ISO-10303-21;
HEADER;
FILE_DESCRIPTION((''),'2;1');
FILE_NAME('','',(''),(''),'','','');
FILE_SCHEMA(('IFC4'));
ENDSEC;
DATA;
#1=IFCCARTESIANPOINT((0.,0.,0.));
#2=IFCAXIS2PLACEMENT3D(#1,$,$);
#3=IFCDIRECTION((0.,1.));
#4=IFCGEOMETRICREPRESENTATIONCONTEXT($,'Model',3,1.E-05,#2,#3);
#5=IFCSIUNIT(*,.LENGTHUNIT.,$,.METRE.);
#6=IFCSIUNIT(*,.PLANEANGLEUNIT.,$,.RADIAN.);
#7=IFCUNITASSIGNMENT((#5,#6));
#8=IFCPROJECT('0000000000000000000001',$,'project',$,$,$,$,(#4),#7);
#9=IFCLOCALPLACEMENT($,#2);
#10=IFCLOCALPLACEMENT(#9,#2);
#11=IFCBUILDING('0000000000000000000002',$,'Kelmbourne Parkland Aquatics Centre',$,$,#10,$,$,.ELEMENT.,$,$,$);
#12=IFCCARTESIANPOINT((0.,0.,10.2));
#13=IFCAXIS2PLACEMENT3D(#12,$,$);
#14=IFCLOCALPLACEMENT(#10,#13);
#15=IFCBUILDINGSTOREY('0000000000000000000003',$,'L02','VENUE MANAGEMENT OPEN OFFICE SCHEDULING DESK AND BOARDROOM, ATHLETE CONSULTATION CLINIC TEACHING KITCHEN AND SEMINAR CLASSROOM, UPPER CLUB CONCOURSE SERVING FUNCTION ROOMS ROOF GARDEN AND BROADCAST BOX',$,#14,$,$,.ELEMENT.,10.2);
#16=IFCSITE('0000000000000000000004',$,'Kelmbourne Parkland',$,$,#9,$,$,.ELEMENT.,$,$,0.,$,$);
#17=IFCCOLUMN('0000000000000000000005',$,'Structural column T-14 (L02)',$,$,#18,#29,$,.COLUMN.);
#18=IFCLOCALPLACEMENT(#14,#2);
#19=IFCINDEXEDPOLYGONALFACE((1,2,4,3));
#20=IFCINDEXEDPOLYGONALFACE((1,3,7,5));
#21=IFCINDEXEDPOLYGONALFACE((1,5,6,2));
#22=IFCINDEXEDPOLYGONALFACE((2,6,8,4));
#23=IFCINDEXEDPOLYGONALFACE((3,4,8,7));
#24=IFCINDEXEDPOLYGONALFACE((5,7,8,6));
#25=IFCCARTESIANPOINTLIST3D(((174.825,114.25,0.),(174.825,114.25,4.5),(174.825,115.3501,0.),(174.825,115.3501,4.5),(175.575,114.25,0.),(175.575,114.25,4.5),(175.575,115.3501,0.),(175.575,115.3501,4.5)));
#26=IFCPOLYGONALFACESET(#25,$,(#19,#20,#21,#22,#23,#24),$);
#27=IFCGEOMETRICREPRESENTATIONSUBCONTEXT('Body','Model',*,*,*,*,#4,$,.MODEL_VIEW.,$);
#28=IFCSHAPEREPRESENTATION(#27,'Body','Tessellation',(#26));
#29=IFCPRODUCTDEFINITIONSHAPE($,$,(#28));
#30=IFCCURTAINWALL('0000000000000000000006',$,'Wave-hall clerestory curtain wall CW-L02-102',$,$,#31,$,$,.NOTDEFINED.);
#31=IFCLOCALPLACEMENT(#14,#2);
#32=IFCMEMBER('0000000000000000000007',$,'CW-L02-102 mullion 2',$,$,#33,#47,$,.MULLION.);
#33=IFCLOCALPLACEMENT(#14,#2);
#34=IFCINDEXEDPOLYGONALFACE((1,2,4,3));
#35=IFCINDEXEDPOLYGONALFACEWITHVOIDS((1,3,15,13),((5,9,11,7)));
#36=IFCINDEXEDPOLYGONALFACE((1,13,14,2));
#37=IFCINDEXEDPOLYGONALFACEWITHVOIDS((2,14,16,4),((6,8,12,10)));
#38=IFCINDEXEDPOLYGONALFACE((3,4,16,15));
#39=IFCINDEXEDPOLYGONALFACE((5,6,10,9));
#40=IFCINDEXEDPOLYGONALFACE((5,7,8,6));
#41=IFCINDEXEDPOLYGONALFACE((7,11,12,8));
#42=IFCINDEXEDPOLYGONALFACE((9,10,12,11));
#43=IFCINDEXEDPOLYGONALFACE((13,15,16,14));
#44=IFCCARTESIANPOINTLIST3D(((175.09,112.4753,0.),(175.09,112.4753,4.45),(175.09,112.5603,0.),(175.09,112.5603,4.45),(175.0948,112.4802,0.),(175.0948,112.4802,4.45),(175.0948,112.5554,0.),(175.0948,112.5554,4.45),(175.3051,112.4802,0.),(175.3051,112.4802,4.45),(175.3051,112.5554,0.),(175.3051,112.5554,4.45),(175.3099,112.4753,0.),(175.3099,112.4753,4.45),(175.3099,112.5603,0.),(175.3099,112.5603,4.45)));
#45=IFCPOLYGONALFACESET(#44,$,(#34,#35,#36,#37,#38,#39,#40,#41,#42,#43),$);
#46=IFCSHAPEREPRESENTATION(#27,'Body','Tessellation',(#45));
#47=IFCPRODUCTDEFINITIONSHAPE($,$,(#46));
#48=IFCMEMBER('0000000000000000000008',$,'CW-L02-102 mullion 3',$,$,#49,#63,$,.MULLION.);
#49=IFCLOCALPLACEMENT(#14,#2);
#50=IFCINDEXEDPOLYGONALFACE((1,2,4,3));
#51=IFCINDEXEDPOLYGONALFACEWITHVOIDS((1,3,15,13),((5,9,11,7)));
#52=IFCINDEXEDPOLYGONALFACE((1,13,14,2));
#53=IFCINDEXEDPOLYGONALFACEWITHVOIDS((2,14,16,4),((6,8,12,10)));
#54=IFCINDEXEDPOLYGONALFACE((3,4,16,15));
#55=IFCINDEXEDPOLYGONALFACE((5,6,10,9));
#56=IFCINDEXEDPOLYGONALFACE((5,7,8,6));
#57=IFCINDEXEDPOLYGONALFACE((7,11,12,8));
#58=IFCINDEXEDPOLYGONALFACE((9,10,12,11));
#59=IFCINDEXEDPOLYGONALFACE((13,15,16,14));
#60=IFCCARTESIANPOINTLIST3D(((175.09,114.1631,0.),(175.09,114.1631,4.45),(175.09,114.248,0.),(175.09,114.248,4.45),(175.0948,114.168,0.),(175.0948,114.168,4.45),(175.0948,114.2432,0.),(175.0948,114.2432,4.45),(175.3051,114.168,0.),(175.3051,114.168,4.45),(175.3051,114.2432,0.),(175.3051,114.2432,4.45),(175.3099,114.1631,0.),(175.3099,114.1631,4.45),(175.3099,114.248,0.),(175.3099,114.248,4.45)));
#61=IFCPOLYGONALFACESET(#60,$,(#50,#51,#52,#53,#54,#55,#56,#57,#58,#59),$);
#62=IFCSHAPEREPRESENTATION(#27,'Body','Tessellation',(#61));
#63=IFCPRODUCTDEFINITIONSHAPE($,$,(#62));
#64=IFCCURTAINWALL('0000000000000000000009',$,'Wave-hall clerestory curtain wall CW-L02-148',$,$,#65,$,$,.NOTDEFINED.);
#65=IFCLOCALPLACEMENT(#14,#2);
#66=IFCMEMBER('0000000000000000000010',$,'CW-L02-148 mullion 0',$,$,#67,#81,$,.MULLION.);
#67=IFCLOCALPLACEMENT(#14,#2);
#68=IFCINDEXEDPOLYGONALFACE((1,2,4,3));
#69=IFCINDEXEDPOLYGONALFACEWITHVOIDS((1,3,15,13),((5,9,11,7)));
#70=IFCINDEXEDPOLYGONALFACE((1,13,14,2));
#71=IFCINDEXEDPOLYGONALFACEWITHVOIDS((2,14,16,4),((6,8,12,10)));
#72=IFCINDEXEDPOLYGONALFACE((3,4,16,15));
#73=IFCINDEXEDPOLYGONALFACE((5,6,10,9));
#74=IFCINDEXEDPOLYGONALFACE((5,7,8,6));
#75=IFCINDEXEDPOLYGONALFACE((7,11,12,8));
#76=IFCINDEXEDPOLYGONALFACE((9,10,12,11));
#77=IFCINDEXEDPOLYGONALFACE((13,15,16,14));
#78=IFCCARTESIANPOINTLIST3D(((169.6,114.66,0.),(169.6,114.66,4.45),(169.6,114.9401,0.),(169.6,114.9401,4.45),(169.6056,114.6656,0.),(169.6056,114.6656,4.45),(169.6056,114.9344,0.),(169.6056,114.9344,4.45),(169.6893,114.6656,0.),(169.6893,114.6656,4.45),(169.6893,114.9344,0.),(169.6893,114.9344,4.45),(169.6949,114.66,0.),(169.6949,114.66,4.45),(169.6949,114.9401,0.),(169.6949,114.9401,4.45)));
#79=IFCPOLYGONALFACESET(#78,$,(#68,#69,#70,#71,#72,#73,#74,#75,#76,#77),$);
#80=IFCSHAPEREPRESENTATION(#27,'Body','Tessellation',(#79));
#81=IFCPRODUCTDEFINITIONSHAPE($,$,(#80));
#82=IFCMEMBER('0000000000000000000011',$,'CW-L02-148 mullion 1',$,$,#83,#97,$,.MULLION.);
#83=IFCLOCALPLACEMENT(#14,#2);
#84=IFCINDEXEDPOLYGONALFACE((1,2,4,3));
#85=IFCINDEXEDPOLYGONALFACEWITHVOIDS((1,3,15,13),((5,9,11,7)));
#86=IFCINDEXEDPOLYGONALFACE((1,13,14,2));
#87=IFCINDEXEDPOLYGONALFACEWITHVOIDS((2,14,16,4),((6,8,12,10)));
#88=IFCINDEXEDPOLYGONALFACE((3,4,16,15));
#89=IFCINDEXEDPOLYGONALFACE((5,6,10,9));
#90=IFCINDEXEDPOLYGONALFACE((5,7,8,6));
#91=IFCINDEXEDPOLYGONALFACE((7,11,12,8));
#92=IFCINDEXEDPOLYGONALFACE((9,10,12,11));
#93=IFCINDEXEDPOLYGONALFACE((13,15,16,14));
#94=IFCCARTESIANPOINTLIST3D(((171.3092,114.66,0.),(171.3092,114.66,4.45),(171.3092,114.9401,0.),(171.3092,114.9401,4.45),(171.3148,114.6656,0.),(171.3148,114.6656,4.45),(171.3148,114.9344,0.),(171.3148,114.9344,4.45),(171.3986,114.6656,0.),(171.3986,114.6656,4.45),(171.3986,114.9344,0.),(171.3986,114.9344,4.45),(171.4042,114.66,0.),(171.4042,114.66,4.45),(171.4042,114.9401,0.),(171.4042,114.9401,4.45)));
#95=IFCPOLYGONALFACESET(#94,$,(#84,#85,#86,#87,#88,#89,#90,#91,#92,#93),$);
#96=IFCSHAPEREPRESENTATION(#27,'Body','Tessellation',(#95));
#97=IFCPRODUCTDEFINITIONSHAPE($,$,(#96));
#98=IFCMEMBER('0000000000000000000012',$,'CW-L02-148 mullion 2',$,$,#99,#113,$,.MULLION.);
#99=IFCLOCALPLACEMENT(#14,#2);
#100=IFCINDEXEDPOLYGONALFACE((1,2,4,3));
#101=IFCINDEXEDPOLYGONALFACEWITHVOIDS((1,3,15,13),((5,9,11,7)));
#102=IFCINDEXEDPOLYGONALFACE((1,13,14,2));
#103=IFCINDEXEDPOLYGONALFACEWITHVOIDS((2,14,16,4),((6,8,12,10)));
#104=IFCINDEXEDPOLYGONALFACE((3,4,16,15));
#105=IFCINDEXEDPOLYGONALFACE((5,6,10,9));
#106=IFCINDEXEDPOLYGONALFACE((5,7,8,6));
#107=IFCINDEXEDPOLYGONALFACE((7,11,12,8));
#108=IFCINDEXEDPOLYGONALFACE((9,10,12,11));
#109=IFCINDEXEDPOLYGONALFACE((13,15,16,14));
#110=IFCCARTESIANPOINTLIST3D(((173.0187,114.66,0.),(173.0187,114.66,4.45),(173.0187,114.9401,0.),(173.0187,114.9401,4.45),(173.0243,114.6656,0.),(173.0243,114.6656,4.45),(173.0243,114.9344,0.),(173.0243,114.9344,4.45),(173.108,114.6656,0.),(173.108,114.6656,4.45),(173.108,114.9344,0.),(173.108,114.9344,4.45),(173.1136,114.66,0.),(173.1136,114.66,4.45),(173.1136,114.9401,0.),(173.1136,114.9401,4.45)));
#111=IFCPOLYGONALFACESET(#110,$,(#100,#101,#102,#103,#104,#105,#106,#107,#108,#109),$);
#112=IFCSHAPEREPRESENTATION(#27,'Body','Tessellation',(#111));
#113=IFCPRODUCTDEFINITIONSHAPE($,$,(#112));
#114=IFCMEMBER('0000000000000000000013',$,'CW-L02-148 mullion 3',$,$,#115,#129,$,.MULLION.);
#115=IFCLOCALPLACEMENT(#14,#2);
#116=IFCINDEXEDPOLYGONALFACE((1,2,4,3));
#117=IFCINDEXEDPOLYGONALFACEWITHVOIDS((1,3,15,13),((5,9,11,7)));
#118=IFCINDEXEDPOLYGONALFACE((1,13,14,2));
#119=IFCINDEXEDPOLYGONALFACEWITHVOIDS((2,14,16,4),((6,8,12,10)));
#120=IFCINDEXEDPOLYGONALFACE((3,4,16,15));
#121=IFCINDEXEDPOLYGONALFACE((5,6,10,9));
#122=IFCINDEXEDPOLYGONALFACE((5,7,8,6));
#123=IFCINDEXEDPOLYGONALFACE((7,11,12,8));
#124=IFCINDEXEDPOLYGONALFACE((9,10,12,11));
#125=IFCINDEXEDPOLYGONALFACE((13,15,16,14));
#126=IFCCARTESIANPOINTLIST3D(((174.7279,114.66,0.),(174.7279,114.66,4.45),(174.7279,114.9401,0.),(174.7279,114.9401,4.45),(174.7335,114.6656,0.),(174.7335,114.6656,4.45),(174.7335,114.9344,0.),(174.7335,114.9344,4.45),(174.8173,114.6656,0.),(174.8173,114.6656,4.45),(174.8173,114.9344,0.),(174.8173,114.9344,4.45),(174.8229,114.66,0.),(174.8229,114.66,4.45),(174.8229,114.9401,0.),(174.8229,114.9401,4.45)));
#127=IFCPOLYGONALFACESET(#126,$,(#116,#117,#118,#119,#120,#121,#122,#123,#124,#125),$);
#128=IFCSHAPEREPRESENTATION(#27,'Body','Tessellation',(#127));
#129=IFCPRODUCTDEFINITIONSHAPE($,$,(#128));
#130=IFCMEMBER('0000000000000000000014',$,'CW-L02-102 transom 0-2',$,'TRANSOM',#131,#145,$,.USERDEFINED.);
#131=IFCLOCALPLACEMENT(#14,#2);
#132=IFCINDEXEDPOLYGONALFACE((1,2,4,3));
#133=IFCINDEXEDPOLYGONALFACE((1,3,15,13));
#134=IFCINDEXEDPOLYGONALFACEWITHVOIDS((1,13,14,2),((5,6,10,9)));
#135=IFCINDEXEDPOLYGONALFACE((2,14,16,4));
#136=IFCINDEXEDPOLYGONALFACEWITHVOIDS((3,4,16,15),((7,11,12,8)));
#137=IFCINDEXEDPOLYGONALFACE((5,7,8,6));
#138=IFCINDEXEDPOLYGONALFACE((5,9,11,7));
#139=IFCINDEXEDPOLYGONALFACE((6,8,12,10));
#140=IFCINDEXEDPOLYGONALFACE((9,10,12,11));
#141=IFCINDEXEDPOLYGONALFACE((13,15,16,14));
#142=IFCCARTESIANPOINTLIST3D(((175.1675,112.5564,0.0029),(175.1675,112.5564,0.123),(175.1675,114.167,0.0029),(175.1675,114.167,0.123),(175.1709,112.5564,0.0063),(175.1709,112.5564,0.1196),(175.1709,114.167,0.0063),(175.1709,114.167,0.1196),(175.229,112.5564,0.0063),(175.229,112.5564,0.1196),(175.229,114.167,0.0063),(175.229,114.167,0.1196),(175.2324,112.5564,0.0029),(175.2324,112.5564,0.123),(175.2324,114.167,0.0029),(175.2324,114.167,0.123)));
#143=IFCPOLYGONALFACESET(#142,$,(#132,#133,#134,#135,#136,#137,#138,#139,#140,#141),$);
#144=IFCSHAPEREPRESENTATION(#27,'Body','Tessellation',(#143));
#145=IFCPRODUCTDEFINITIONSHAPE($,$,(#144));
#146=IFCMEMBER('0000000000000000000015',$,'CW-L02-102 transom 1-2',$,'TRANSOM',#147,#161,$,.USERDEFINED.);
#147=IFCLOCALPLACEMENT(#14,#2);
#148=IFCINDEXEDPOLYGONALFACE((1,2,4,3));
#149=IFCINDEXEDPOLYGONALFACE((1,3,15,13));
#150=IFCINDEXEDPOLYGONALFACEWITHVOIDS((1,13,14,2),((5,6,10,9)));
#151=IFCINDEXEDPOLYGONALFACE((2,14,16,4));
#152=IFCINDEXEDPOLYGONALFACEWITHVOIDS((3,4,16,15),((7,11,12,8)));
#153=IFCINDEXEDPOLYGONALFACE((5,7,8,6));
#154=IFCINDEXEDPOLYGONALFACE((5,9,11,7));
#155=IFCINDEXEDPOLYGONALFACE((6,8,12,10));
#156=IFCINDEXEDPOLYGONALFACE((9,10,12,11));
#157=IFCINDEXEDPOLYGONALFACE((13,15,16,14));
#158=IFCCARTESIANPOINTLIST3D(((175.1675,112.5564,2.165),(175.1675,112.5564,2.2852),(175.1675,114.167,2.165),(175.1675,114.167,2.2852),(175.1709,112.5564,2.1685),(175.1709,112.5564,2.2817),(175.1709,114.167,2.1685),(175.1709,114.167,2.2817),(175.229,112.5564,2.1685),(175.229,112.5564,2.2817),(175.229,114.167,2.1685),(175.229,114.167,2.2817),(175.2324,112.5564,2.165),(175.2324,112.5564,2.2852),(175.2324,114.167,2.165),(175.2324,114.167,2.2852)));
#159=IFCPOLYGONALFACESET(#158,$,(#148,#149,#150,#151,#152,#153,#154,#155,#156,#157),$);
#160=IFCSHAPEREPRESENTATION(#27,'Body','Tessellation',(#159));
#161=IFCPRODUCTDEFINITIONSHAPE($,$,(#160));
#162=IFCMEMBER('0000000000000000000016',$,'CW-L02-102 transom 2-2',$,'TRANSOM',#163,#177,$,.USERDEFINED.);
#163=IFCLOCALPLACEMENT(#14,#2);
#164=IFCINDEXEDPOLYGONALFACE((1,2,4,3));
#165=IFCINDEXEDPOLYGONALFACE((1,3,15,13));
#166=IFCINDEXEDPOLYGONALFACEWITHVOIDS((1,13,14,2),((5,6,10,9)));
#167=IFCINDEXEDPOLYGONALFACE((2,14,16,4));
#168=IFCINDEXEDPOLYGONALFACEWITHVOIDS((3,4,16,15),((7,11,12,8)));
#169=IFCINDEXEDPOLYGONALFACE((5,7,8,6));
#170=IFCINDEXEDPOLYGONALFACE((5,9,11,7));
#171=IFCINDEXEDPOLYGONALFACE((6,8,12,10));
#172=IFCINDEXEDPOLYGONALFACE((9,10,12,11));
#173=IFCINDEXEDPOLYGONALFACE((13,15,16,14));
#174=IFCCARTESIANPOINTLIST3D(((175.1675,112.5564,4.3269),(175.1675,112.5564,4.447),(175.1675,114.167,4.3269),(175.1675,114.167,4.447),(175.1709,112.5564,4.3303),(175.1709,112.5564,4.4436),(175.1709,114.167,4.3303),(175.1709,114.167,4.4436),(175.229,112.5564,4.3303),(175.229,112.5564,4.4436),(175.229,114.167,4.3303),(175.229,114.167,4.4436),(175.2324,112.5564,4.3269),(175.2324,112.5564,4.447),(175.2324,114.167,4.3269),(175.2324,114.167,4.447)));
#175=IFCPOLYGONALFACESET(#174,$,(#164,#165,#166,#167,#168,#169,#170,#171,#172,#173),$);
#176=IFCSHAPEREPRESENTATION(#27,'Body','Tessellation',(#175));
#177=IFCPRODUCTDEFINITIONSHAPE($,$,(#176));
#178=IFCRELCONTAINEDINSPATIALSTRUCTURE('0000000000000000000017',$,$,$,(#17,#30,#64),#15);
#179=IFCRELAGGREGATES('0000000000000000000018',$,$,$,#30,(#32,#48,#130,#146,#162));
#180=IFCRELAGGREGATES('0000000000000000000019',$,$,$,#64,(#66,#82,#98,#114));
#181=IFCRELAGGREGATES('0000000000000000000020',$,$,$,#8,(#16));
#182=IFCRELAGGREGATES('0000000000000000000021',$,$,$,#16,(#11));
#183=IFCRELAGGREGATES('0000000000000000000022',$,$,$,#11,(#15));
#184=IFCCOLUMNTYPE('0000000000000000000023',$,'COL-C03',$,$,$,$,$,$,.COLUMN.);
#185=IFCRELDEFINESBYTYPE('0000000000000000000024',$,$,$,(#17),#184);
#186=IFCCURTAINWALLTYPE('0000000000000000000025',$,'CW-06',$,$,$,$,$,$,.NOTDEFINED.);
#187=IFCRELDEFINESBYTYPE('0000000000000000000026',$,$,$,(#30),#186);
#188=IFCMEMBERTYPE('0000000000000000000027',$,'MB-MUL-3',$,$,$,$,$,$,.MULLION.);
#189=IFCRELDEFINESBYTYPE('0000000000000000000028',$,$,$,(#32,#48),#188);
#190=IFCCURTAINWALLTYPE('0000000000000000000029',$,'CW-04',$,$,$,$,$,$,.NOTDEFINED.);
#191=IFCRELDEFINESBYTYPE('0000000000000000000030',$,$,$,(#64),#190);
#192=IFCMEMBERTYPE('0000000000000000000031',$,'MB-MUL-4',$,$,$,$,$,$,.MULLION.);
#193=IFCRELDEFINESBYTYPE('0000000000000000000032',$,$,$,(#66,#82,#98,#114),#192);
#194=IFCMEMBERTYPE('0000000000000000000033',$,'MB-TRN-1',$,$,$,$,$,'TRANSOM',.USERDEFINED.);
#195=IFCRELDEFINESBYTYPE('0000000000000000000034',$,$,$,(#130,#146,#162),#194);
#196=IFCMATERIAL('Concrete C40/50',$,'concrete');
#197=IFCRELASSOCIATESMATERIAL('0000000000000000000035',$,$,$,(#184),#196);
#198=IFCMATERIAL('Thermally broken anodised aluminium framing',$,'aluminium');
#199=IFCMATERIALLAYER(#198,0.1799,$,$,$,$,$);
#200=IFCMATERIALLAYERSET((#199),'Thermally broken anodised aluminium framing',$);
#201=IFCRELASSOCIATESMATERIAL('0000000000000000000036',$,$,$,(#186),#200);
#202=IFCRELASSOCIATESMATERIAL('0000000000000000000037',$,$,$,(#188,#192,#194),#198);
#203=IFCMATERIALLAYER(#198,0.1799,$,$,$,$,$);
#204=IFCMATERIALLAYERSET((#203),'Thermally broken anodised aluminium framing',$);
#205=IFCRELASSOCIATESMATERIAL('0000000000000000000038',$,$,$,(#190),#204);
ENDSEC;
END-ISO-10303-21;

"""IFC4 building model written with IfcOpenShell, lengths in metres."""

from ifc_helpers import new_model, si_unit, direction, frame, origin, origin_2d, place, context, subcontext, project, spatial, rectangle, hollow_rectangle, extrude, material, layer, layer_set, material_profile, profile_set, type_object, element, aggregate, save


model = new_model("IFC4")

# Units and contexts
model_context = context("Model", 3, precision=1e-05, world=origin(), true_north=direction((0.0, 1.0)))
body_context = subcontext(model_context, "Body", "Model", "MODEL_VIEW")
ifc_project = project(units=[si_unit("LENGTHUNIT", "METRE"), si_unit("PLANEANGLEUNIT", "RADIAN")], contexts=[model_context])

# Site, building, storey
site_placement = place(None, origin())
site = spatial("IfcSite", under=ifc_project, at=site_placement, Name="Kelmbourne Parkland", CompositionType="ELEMENT", RefElevation=0.0)
building_placement = place(site_placement, origin())
building = spatial("IfcBuilding", under=site, at=building_placement, Name="Kelmbourne Parkland Aquatics Centre", CompositionType="ELEMENT")
storey_placement = place(building_placement, frame((0.0, 0.0, 10.2)))
storey = spatial("IfcBuildingStorey", under=building, at=storey_placement, Name="L02", Description="VENUE MANAGEMENT OPEN OFFICE SCHEDULING DESK AND BOARDROOM, ATHLETE CONSULTATION CLINIC TEACHING KITCHEN AND SEMINAR CLASSROOM, UPPER CLUB CONCOURSE SERVING FUNCTION ROOMS ROOF GARDEN AND BROADCAST BOX", CompositionType="ELEMENT", Elevation=10.2)

# Column
ifc_material_1 = material(Name="Concrete C40/50", Category="concrete")
ifc_material_profile_1 = material_profile(ifc_material_1, rectangle(XDim=0.75, YDim=1.1001, at=origin_2d()), Name="RC 750x1100")
ifc_profile_set_1 = profile_set([ifc_material_profile_1], Name="Concrete C40/50")
column_type = type_object("IfcColumnType", Name="COL-C03", PredefinedType="COLUMN", material=ifc_profile_set_1)
column_placement = place(storey_placement, frame((175.2, 114.8, 0.0), z_axis=(0.0, 0.0, 1.0), x_axis=(1.0, 0.0, 0.0)))
element("IfcColumn", 1, at=column_placement, inside=storey, type_object=column_type, Name="Structural column T-14 (L02)", PredefinedType="COLUMN", context=body_context, shape_type="SweptSolid", body=[
    extrude(rectangle(XDim=0.75, YDim=1.1001, at=origin_2d()), origin(), (0.0, 0.0, 1.0), 4.5),
])

# Curtain walls, members
ifc_material_2 = material(Name="Thermally broken anodised aluminium framing", Category="aluminium")
ifc_layer_1 = layer(ifc_material_2, 0.1799)
ifc_layer_set_1 = layer_set([ifc_layer_1], Name="Thermally broken anodised aluminium framing")
curtain_wall_type_1 = type_object("IfcCurtainWallType", Name="CW-06", PredefinedType="NOTDEFINED", material=ifc_layer_set_1)
curtain_wall_1_placement = place(storey_placement, origin())
curtain_wall_1 = element("IfcCurtainWall", 2, at=curtain_wall_1_placement, inside=storey, type_object=curtain_wall_type_1, Name="Wave-hall clerestory curtain wall CW-L02-102", PredefinedType="NOTDEFINED")
ifc_material_profile_2 = material_profile(ifc_material_2, hollow_rectangle(XDim=0.085, YDim=0.22, WallThickness=0.0049, at=origin_2d()), Name="CW-M 85x220")
ifc_profile_set_2 = profile_set([ifc_material_profile_2], Name="Thermally broken anodised aluminium framing")
member_type_1 = type_object("IfcMemberType", Name="MB-MUL-3", PredefinedType="MULLION", material=ifc_profile_set_2)
member_1_placement = place(storey_placement, frame((175.2, 112.5178, 0.0), z_axis=(0.0, 0.0, 1.0), x_axis=(0.0, 1.0, 0.0)))
member_1 = element("IfcMember", 3, at=member_1_placement, type_object=member_type_1, Name="CW-L02-102 mullion 2", PredefinedType="MULLION", context=body_context, shape_type="SweptSolid", body=[
    extrude(hollow_rectangle(XDim=0.085, YDim=0.22, WallThickness=0.0049, at=origin_2d()), origin(), (0.0, 0.0, 1.0), 4.45),
])
member_2_placement = place(storey_placement, frame((175.2, 114.2056, 0.0), z_axis=(0.0, 0.0, 1.0), x_axis=(0.0, 1.0, 0.0)))
member_2 = element("IfcMember", 4, at=member_2_placement, type_object=member_type_1, Name="CW-L02-102 mullion 3", PredefinedType="MULLION", context=body_context, shape_type="SweptSolid", body=[
    extrude(hollow_rectangle(XDim=0.085, YDim=0.22, WallThickness=0.0049, at=origin_2d()), origin(), (0.0, 0.0, 1.0), 4.45),
])
ifc_layer_2 = layer(ifc_material_2, 0.1799)
ifc_layer_set_2 = layer_set([ifc_layer_2], Name="Thermally broken anodised aluminium framing")
curtain_wall_type_2 = type_object("IfcCurtainWallType", Name="CW-04", PredefinedType="NOTDEFINED", material=ifc_layer_set_2)
curtain_wall_2_placement = place(storey_placement, origin())
curtain_wall_2 = element("IfcCurtainWall", 5, at=curtain_wall_2_placement, inside=storey, type_object=curtain_wall_type_2, Name="Wave-hall clerestory curtain wall CW-L02-148", PredefinedType="NOTDEFINED")
ifc_material_profile_3 = material_profile(ifc_material_2, hollow_rectangle(XDim=0.095, YDim=0.28, WallThickness=0.0056, at=origin_2d()), Name="CW-M 95x280")
ifc_profile_set_3 = profile_set([ifc_material_profile_3], Name="Thermally broken anodised aluminium framing")
member_type_2 = type_object("IfcMemberType", Name="MB-MUL-4", PredefinedType="MULLION", material=ifc_profile_set_3)
member_3_placement = place(storey_placement, frame((169.6475, 114.8, 0.0), z_axis=(0.0, 0.0, 1.0), x_axis=(1.0, 0.0, 0.0)))
member_3 = element("IfcMember", 6, at=member_3_placement, type_object=member_type_2, Name="CW-L02-148 mullion 0", PredefinedType="MULLION", context=body_context, shape_type="SweptSolid", body=[
    extrude(hollow_rectangle(XDim=0.095, YDim=0.28, WallThickness=0.0056, at=origin_2d()), origin(), (0.0, 0.0, 1.0), 4.45),
])
member_4_placement = place(storey_placement, frame((171.3567, 114.8, 0.0), z_axis=(0.0, 0.0, 1.0), x_axis=(1.0, 0.0, 0.0)))
member_4 = element("IfcMember", 7, at=member_4_placement, type_object=member_type_2, Name="CW-L02-148 mullion 1", PredefinedType="MULLION", context=body_context, shape_type="SweptSolid", body=[
    extrude(hollow_rectangle(XDim=0.095, YDim=0.28, WallThickness=0.0056, at=origin_2d()), origin(), (0.0, 0.0, 1.0), 4.45),
])
member_5_placement = place(storey_placement, frame((173.0662, 114.8, 0.0), z_axis=(0.0, 0.0, 1.0), x_axis=(1.0, 0.0, 0.0)))
member_5 = element("IfcMember", 8, at=member_5_placement, type_object=member_type_2, Name="CW-L02-148 mullion 2", PredefinedType="MULLION", context=body_context, shape_type="SweptSolid", body=[
    extrude(hollow_rectangle(XDim=0.095, YDim=0.28, WallThickness=0.0056, at=origin_2d()), origin(), (0.0, 0.0, 1.0), 4.45),
])
member_6_placement = place(storey_placement, frame((174.7754, 114.8, 0.0), z_axis=(0.0, 0.0, 1.0), x_axis=(1.0, 0.0, 0.0)))
member_6 = element("IfcMember", 9, at=member_6_placement, type_object=member_type_2, Name="CW-L02-148 mullion 3", PredefinedType="MULLION", context=body_context, shape_type="SweptSolid", body=[
    extrude(hollow_rectangle(XDim=0.095, YDim=0.28, WallThickness=0.0056, at=origin_2d()), origin(), (0.0, 0.0, 1.0), 4.45),
])

# Members
ifc_material_profile_4 = material_profile(ifc_material_2, hollow_rectangle(XDim=0.0649, YDim=0.1201, WallThickness=0.0034, at=origin_2d()), Name="CW-T 65x120")
ifc_profile_set_4 = profile_set([ifc_material_profile_4], Name="Thermally broken anodised aluminium framing")
member_type_3 = type_object("IfcMemberType", Name="MB-TRN-1", ElementType="TRANSOM", PredefinedType="USERDEFINED", material=ifc_profile_set_4)
member_7_placement = place(storey_placement, frame((175.2, 112.5564, 0.063), z_axis=(0.0, 1.0, 0.0), x_axis=(-1.0, 0.0, 0.0)))
member_7 = element("IfcMember", 10, at=member_7_placement, type_object=member_type_3, Name="CW-L02-102 transom 0-2", ObjectType="TRANSOM", PredefinedType="USERDEFINED", context=body_context, shape_type="SweptSolid", body=[
    extrude(hollow_rectangle(XDim=0.0649, YDim=0.1201, WallThickness=0.0034, at=origin_2d()), origin(), (0.0, 0.0, 1.0), 1.6106),
])
member_8_placement = place(storey_placement, frame((175.2, 112.5564, 2.2251), z_axis=(0.0, 1.0, 0.0), x_axis=(-1.0, 0.0, 0.0)))
member_8 = element("IfcMember", 11, at=member_8_placement, type_object=member_type_3, Name="CW-L02-102 transom 1-2", ObjectType="TRANSOM", PredefinedType="USERDEFINED", context=body_context, shape_type="SweptSolid", body=[
    extrude(hollow_rectangle(XDim=0.0649, YDim=0.1201, WallThickness=0.0034, at=origin_2d()), origin(), (0.0, 0.0, 1.0), 1.6106),
])
member_9_placement = place(storey_placement, frame((175.2, 112.5564, 4.387), z_axis=(0.0, 1.0, 0.0), x_axis=(-1.0, 0.0, 0.0)))
member_9 = element("IfcMember", 12, at=member_9_placement, type_object=member_type_3, Name="CW-L02-102 transom 2-2", ObjectType="TRANSOM", PredefinedType="USERDEFINED", context=body_context, shape_type="SweptSolid", body=[
    extrude(hollow_rectangle(XDim=0.0649, YDim=0.1201, WallThickness=0.0034, at=origin_2d()), origin(), (0.0, 0.0, 1.0), 1.6106),
])

aggregate(curtain_wall_1, [member_1, member_2, member_7, member_8, member_9])
aggregate(curtain_wall_2, [member_3, member_4, member_5, member_6])

save(model, "model.ifc")
